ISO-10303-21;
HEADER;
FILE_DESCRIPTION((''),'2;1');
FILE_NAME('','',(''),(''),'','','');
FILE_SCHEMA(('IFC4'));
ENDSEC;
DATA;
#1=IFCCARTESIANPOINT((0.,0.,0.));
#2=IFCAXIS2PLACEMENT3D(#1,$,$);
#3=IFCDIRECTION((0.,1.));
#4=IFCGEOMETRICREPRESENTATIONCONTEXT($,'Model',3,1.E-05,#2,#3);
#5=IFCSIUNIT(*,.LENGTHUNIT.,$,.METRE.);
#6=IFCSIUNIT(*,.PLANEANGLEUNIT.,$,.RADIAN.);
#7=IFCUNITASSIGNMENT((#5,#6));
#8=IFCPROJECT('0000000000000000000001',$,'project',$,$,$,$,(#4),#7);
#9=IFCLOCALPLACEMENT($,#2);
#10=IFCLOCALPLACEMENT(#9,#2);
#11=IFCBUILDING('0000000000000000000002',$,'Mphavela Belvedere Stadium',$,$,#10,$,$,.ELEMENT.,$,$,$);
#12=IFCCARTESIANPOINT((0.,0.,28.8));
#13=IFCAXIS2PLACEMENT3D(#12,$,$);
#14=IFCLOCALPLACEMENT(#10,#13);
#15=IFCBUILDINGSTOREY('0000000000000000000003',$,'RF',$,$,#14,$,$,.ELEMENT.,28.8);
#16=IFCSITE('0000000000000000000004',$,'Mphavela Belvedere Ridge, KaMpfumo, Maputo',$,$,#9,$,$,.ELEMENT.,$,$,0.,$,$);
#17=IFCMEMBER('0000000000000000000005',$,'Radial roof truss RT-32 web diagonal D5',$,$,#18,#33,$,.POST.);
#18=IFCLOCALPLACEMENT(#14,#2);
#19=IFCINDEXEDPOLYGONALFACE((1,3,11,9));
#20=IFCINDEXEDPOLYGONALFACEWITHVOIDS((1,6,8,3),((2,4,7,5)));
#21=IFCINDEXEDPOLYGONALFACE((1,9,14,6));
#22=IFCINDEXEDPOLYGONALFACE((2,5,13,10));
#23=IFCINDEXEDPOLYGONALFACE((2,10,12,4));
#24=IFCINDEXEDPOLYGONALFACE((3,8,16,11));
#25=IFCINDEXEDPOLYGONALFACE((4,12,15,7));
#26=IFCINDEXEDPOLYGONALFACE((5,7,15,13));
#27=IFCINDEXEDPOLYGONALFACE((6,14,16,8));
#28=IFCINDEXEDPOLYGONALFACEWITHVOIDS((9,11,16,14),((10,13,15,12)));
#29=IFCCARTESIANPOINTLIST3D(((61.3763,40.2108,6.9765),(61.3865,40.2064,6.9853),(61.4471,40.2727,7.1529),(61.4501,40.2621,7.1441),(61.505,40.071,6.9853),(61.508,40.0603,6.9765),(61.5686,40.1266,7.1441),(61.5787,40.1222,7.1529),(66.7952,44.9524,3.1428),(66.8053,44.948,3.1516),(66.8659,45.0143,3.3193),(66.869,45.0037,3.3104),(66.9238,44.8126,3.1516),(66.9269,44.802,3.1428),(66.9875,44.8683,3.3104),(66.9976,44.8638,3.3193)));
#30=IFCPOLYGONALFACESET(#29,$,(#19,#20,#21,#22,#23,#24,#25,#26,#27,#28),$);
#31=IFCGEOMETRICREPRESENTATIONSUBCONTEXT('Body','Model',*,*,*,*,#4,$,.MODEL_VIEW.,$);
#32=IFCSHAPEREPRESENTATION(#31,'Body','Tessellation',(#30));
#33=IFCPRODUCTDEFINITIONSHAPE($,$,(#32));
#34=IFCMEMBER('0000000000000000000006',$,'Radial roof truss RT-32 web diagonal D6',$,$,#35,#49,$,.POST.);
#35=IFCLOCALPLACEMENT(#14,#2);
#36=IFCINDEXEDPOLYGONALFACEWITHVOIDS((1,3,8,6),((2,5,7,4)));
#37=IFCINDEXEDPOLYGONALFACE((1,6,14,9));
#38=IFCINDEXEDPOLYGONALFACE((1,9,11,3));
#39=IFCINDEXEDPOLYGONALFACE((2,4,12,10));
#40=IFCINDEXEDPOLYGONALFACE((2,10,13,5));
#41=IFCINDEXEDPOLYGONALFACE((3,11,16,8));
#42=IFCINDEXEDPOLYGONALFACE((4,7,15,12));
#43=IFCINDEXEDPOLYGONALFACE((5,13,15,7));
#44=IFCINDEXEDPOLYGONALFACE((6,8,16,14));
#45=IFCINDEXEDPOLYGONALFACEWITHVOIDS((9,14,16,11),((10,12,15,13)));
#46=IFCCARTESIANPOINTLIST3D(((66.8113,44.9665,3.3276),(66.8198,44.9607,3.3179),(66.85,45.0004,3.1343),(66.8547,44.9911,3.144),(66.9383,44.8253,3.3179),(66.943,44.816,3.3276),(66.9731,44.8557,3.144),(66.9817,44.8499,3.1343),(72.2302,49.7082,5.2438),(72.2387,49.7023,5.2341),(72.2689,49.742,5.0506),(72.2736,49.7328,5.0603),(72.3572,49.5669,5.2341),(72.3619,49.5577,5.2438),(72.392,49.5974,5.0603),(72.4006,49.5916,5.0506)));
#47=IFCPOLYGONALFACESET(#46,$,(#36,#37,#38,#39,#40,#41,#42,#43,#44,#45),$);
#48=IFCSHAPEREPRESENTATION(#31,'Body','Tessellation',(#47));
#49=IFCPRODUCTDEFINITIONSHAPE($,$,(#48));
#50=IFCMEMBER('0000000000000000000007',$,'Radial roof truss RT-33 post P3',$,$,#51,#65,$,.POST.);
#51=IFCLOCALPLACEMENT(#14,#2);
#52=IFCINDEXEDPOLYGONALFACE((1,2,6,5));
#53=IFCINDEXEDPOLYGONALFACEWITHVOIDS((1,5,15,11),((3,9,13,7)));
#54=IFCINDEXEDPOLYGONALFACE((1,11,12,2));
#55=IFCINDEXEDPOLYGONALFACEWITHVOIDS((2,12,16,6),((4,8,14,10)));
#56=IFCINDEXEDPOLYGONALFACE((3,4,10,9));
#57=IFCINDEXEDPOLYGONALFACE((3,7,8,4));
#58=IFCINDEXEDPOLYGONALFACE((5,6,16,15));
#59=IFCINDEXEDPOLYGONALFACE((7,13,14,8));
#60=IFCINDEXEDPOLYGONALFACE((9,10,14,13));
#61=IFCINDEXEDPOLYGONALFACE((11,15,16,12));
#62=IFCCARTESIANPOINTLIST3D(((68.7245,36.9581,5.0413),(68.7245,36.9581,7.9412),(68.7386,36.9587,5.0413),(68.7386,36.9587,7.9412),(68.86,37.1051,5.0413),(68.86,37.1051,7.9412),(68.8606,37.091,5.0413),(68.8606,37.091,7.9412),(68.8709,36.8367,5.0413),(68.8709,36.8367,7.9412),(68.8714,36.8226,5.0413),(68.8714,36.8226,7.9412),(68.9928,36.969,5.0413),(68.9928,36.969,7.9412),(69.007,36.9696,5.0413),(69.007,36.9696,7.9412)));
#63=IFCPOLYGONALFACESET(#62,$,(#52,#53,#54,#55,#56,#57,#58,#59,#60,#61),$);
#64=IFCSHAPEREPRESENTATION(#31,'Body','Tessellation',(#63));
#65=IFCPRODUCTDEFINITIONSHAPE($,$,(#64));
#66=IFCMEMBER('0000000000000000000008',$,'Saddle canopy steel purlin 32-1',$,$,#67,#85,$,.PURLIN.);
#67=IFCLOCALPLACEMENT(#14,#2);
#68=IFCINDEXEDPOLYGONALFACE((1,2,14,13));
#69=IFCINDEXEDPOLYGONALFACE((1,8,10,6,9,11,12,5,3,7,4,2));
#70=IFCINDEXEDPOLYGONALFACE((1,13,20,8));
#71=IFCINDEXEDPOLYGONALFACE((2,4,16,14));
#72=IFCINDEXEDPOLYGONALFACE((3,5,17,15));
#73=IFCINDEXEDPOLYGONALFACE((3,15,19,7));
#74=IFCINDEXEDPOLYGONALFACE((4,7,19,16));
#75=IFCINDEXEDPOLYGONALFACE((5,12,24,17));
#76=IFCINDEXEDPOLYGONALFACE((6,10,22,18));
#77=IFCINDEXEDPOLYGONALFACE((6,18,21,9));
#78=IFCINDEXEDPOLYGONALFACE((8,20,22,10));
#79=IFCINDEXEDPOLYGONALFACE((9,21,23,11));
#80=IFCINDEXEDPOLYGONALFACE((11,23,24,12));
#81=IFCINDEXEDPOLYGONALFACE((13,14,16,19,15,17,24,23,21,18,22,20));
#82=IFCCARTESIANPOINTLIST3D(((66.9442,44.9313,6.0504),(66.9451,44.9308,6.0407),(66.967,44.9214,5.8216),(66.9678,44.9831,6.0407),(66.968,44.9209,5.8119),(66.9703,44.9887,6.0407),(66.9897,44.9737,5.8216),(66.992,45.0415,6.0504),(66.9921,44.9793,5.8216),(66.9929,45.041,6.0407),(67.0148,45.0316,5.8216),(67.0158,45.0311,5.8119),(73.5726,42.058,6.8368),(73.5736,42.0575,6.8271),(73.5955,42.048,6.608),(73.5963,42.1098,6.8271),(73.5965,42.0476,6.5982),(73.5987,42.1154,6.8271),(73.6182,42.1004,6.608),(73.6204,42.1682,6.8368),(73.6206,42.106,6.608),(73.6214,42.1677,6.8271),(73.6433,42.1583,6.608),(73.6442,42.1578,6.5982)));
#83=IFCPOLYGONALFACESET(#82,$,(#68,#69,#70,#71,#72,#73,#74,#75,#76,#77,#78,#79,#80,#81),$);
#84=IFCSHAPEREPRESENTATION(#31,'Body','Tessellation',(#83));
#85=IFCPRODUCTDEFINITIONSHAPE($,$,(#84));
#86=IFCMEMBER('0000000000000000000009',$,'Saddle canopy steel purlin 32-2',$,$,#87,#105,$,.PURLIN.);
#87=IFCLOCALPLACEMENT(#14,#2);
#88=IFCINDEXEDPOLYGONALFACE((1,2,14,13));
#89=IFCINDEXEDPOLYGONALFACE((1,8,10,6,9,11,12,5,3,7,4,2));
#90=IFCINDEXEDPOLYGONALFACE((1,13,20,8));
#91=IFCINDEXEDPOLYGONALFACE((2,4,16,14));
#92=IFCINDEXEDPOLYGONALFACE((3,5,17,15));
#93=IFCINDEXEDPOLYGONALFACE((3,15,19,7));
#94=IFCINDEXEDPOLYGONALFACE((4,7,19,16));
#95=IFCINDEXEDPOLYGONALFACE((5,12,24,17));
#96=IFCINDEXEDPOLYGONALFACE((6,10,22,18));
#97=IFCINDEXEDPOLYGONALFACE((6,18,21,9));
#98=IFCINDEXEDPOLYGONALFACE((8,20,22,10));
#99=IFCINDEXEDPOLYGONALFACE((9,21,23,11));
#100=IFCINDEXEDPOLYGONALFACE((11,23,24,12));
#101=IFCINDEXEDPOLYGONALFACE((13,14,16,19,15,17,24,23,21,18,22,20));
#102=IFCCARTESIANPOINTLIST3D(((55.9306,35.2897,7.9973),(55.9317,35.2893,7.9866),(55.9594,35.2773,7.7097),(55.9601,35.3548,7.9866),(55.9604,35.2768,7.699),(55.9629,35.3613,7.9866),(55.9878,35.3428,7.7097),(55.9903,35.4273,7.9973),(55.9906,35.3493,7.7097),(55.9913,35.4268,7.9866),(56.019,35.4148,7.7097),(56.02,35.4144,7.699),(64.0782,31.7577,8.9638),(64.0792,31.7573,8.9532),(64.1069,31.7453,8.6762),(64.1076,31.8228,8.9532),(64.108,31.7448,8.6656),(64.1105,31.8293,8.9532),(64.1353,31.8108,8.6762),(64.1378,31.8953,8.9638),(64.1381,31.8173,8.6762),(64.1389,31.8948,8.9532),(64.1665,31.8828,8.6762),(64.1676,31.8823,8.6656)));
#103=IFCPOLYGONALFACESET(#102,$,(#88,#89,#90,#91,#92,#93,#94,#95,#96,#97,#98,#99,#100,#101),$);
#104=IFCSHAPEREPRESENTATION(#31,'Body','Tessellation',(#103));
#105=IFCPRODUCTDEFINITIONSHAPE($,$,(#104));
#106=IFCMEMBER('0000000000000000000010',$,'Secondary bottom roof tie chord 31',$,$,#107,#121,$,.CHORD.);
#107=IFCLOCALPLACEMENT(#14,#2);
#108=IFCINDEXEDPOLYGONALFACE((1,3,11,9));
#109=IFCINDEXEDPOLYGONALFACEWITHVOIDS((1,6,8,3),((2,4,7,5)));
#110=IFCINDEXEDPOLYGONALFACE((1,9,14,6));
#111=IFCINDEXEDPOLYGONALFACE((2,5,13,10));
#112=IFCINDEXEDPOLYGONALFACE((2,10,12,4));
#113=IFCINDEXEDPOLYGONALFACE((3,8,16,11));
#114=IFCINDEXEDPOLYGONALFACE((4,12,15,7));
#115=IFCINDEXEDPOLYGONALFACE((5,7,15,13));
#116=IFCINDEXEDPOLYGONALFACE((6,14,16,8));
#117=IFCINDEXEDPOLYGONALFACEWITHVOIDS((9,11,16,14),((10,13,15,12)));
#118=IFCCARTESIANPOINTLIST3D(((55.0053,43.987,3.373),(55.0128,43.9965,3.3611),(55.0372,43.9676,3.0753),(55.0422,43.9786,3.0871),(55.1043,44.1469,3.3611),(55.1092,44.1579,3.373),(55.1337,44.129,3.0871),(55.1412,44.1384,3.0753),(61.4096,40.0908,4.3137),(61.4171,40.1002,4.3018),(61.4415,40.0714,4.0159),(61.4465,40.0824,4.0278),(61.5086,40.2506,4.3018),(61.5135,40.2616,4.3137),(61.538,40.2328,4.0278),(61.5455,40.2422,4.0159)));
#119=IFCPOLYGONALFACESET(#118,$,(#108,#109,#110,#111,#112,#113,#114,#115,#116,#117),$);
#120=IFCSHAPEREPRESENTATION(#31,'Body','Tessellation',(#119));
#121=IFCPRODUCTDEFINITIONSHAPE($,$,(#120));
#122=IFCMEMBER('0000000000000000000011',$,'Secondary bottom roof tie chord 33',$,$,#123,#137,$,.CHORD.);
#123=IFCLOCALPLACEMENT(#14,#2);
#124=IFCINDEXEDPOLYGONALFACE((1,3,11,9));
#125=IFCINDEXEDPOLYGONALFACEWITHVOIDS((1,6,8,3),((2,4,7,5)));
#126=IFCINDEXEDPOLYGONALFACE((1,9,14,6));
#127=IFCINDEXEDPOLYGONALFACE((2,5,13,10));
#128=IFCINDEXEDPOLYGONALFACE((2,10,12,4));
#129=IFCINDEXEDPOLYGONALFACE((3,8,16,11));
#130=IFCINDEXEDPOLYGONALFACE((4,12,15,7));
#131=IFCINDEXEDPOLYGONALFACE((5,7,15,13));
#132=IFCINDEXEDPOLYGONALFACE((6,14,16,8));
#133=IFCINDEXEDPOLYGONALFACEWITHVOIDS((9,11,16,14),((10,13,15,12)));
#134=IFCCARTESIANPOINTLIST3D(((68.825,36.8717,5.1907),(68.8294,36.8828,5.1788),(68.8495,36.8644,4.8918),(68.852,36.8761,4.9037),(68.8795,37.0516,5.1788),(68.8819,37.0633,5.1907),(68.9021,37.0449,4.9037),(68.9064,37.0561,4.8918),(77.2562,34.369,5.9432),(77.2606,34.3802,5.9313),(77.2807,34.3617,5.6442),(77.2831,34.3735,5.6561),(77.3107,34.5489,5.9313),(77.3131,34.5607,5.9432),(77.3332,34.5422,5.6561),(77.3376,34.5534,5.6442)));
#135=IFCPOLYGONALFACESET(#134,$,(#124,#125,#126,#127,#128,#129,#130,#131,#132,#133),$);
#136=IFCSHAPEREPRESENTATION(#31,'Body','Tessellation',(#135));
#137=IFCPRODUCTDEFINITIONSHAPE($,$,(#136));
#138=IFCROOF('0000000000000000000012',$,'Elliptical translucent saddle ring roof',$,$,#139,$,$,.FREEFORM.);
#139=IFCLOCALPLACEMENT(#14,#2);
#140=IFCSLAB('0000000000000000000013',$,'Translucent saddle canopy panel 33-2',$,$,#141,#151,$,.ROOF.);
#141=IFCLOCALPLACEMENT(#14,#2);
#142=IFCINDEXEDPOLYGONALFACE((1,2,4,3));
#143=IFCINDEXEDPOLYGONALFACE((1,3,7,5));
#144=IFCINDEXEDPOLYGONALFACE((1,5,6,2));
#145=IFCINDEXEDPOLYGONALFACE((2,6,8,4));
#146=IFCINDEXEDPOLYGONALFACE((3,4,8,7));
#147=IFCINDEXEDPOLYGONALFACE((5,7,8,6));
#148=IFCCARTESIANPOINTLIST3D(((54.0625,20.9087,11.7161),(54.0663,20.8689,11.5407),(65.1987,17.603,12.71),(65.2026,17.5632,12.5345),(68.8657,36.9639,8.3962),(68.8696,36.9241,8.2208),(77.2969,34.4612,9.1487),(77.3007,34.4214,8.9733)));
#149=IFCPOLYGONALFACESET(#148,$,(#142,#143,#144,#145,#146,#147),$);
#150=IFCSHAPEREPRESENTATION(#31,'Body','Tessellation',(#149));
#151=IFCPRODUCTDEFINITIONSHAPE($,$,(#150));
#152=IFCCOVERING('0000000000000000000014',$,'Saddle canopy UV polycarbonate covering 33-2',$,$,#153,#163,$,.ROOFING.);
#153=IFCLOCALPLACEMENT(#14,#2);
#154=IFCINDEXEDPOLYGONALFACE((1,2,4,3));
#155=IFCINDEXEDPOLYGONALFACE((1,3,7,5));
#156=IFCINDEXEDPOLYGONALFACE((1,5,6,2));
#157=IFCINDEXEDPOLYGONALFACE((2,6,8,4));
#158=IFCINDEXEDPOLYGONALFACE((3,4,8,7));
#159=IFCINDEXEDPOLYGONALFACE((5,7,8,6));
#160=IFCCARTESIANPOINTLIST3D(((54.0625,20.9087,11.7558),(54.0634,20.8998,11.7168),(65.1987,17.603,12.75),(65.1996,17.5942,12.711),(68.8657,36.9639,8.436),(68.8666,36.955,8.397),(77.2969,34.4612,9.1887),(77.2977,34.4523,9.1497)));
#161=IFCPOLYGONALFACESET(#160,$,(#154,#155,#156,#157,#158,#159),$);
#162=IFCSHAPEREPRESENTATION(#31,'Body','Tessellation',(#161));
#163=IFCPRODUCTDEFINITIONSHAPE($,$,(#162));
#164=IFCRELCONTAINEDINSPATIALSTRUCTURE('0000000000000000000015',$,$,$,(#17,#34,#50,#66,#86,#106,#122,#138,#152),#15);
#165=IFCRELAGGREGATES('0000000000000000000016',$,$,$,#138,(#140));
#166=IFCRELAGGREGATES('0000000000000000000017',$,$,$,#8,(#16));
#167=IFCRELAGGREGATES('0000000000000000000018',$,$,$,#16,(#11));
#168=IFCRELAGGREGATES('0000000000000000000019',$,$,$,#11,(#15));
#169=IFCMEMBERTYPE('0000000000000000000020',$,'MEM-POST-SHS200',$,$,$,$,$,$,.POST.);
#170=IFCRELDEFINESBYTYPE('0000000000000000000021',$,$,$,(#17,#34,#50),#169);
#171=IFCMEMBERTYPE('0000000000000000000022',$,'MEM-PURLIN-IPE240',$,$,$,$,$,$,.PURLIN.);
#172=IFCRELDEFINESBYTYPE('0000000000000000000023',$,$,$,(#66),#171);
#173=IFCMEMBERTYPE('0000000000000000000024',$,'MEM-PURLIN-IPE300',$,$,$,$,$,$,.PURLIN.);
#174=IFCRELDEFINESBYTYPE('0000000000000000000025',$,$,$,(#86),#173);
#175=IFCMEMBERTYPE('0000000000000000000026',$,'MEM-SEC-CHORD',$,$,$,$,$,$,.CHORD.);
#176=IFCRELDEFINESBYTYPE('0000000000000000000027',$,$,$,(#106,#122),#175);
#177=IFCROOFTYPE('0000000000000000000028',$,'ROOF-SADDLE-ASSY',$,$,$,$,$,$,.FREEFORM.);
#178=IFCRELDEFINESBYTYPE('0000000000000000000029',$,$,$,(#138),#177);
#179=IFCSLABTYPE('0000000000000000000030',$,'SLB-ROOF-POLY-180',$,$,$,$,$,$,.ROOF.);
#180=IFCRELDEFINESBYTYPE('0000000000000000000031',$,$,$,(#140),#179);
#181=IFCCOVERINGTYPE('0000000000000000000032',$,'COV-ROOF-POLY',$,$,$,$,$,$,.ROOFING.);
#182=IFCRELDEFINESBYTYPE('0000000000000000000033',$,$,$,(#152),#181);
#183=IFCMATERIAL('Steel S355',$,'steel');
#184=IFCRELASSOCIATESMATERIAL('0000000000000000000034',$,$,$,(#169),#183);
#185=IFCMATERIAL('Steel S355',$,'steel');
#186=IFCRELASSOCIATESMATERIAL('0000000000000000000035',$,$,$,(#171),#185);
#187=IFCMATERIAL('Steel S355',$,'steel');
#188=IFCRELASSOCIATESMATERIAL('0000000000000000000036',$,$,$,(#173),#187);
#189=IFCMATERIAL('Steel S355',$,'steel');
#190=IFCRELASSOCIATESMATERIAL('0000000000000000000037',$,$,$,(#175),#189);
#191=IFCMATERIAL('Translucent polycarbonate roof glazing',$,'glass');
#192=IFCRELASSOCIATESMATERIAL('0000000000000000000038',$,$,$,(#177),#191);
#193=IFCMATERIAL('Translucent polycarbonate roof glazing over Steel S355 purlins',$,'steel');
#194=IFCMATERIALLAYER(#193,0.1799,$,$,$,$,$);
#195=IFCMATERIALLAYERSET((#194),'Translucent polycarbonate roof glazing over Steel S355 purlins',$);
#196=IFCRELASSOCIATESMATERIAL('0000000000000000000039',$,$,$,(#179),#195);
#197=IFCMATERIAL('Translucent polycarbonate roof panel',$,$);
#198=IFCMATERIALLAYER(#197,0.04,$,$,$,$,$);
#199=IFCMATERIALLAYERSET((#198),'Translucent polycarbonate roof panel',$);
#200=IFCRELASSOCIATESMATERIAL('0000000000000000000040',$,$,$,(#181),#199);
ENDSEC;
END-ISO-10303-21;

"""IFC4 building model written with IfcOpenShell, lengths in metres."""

from ifc_helpers import new_model, si_unit, direction, frame, origin, origin_2d, place, context, subcontext, project, spatial, polyline, hollow_rectangle, i_section, outline, extrude, material, layer, layer_set, material_profile, profile_set, type_object, element, aggregate, save


model = new_model("IFC4")

# Units and contexts
model_context = context("Model", 3, precision=1e-05, world=origin(), true_north=direction((0.0, 1.0)))
body_context = subcontext(model_context, "Body", "Model", "MODEL_VIEW")
ifc_project = project(units=[si_unit("LENGTHUNIT", "METRE"), si_unit("PLANEANGLEUNIT", "RADIAN")], contexts=[model_context])

# Site, building, storey
site_placement = place(None, origin())
site = spatial("IfcSite", under=ifc_project, at=site_placement, Name="Mphavela Belvedere Ridge, KaMpfumo, Maputo", CompositionType="ELEMENT", RefElevation=0.0)
building_placement = place(site_placement, origin())
building = spatial("IfcBuilding", under=site, at=building_placement, Name="Mphavela Belvedere Stadium", CompositionType="ELEMENT")
storey_placement = place(building_placement, frame((0.0, 0.0, 28.8)))
storey = spatial("IfcBuildingStorey", under=building, at=storey_placement, Name="RF", CompositionType="ELEMENT", Elevation=28.8)

# Members
ifc_material_1 = material(Name="Steel S355", Category="steel")
ifc_material_profile_1 = material_profile(ifc_material_1, hollow_rectangle(XDim=0.2, YDim=0.2, WallThickness=0.01, at=origin_2d()), Name="SHS 200x200x10")
ifc_profile_set_1 = profile_set([ifc_material_profile_1], Name="Steel S355")
member_type_1 = type_object("IfcMemberType", Name="MEM-POST-SHS200", PredefinedType="POST", material=ifc_profile_set_1)
member_1_placement = place(storey_placement, frame((61.4775, 40.1665, 7.0647), z_axis=(0.664283, 0.581262, -0.46996), x_axis=(-0.658514, 0.752568, 0.0)))
element("IfcMember", 1, at=member_1_placement, inside=storey, type_object=member_type_1, Name="Radial roof truss RT-32 web diagonal D5", PredefinedType="POST", context=body_context, shape_type="SweptSolid", body=[
    extrude(hollow_rectangle(XDim=0.2, YDim=0.2, WallThickness=0.01, at=origin_2d()), origin(), (0.0, 0.0, 1.0), 8.1575),
])
member_2_placement = place(storey_placement, frame((66.8965, 44.9082, 3.231), z_axis=(0.727256, 0.636365, 0.257174), x_axis=(-0.658514, 0.752568, 0.0)))
element("IfcMember", 2, at=member_2_placement, inside=storey, type_object=member_type_1, Name="Radial roof truss RT-32 web diagonal D6", PredefinedType="POST", context=body_context, shape_type="SweptSolid", body=[
    extrude(hollow_rectangle(XDim=0.2, YDim=0.2, WallThickness=0.01, at=origin_2d()), origin(), (0.0, 0.0, 1.0), 7.4512),
])
member_3_placement = place(storey_placement, frame((68.8657, 36.9639, 5.0413), z_axis=(0.0, 0.0, 1.0), x_axis=(-0.677903, -0.735151, 0.0)))
element("IfcMember", 3, at=member_3_placement, inside=storey, type_object=member_type_1, Name="Radial roof truss RT-33 post P3", PredefinedType="POST", context=body_context, shape_type="SweptSolid", body=[
    extrude(hollow_rectangle(XDim=0.2, YDim=0.2, WallThickness=0.01, at=origin_2d()), origin(), (0.0, 0.0, 1.0), 2.8999),
])
ifc_material_2 = material(Name="Steel S355", Category="steel")
ifc_material_profile_2 = material_profile(ifc_material_2, i_section(OverallWidth=0.1201, OverallDepth=0.24, WebThickness=0.0061, FlangeThickness=0.0098, at=origin_2d()), Name="IPE 240")
ifc_profile_set_2 = profile_set([ifc_material_profile_2], Name="Steel S355")
member_type_2 = type_object("IfcMemberType", Name="MEM-PURLIN-IPE240", PredefinedType="PURLIN", material=ifc_profile_set_2)
member_4_placement = place(storey_placement, frame((66.98, 44.9812, 5.9312), z_axis=(0.912119, -0.395386, 0.108211), x_axis=(0.397721, 0.917506, 0.0)))
element("IfcMember", 4, at=member_4_placement, inside=storey, type_object=member_type_2, Name="Saddle canopy steel purlin 32-1", PredefinedType="PURLIN", context=body_context, shape_type="SweptSolid", body=[
    extrude(i_section(OverallWidth=0.1201, OverallDepth=0.24, WebThickness=0.0061, FlangeThickness=0.0098, at=origin_2d()), origin(), (0.0, 0.0, 1.0), 7.2671),
])
ifc_material_3 = material(Name="Steel S355", Category="steel")
ifc_material_profile_3 = material_profile(ifc_material_3, i_section(OverallWidth=0.1499, OverallDepth=0.3, WebThickness=0.0071, FlangeThickness=0.0107, at=origin_2d()), Name="IPE 300")
ifc_profile_set_3 = profile_set([ifc_material_profile_3], Name="Steel S355")
member_type_3 = type_object("IfcMemberType", Name="MEM-PURLIN-IPE300", PredefinedType="PURLIN", material=ifc_profile_set_3)
member_5_placement = place(storey_placement, frame((55.9753, 35.3521, 7.8481), z_axis=(0.91211, -0.395406, 0.108206), x_axis=(0.397742, 0.917497, 0.0)))
element("IfcMember", 5, at=member_5_placement, inside=storey, type_object=member_type_3, Name="Saddle canopy steel purlin 32-2", PredefinedType="PURLIN", context=body_context, shape_type="SweptSolid", body=[
    extrude(i_section(OverallWidth=0.1499, OverallDepth=0.3, WebThickness=0.0071, FlangeThickness=0.0107, at=origin_2d()), origin(), (0.0, 0.0, 1.0), 8.9326),
])
ifc_material_4 = material(Name="Steel S355", Category="steel")
ifc_material_profile_4 = material_profile(ifc_material_4, hollow_rectangle(XDim=0.2, YDim=0.3, WallThickness=0.012, at=origin_2d()), Name="RHS 300x200x12")
ifc_profile_set_4 = profile_set([ifc_material_profile_4], Name="Steel S355")
member_type_4 = type_object("IfcMemberType", Name="MEM-SEC-CHORD", PredefinedType="CHORD", material=ifc_profile_set_4)
member_6_placement = place(storey_placement, frame((55.0732, 44.0627, 3.2241), z_axis=(0.847671, -0.515705, 0.124507), x_axis=(0.51975, 0.854319, 0.0)))
element("IfcMember", 6, at=member_6_placement, inside=storey, type_object=member_type_4, Name="Secondary bottom roof tie chord 31", PredefinedType="CHORD", context=body_context, shape_type="SweptSolid", body=[
    extrude(hollow_rectangle(XDim=0.2, YDim=0.3, WallThickness=0.012, at=origin_2d()), origin(), (0.0, 0.0, 1.0), 7.5552),
])
member_7_placement = place(storey_placement, frame((68.8657, 36.9639, 5.0413), z_axis=(0.955167, -0.28353, 0.085244), x_axis=(0.284566, 0.958657, 0.0)))
element("IfcMember", 7, at=member_7_placement, inside=storey, type_object=member_type_4, Name="Secondary bottom roof tie chord 33", PredefinedType="CHORD", context=body_context, shape_type="SweptSolid", body=[
    extrude(hollow_rectangle(XDim=0.2, YDim=0.3, WallThickness=0.012, at=origin_2d()), origin(), (0.0, 0.0, 1.0), 8.8269),
])

# Roof, slab
ifc_material_5 = material(Name="Translucent polycarbonate roof glazing", Category="glass")
roof_type = type_object("IfcRoofType", Name="ROOF-SADDLE-ASSY", PredefinedType="FREEFORM", material=ifc_material_5)
roof_placement = place(storey_placement, origin())
roof = element("IfcRoof", 8, at=roof_placement, inside=storey, type_object=roof_type, Name="Elliptical translucent saddle ring roof", PredefinedType="FREEFORM")
ifc_material_6 = material(Name="Translucent polycarbonate roof glazing over Steel S355 purlins", Category="steel")
ifc_layer_1 = layer(ifc_material_6, 0.1799)
ifc_layer_set_1 = layer_set([ifc_layer_1], Name="Translucent polycarbonate roof glazing over Steel S355 purlins")
slab_type = type_object("IfcSlabType", Name="SLB-ROOF-POLY-180", PredefinedType="ROOF", material=ifc_layer_set_1)
slab_1_placement = place(storey_placement, frame((68.8657, 36.9639, 8.3962), z_axis=(-0.021332, 0.221272, 0.974979), x_axis=(0.955167, -0.283529, 0.085246)))
slab_1 = element("IfcSlab", 9, at=slab_1_placement, type_object=slab_type, Name="Translucent saddle canopy panel 33-2", PredefinedType="ROOF", context=body_context, shape_type="SweptSolid", body=[
    extrude(outline(polyline([(0.0, 0.0), (8.8269, 0.0), (2.3545, -20.0338), (-9.3044, -20.0338), (0.0, 0.0)])), origin(), (0.0, 0.0, -1.0), 0.1799),
])
aggregate(roof, [slab_1])

# Covering
ifc_material_7 = material(Name="Translucent polycarbonate roof panel")
ifc_layer_2 = layer(ifc_material_7, 0.04)
ifc_layer_set_2 = layer_set([ifc_layer_2], Name="Translucent polycarbonate roof panel")
covering_type = type_object("IfcCoveringType", Name="COV-ROOF-POLY", PredefinedType="ROOFING", material=ifc_layer_set_2)
covering_1_placement = place(storey_placement, frame((68.8657, 36.9639, 8.436), z_axis=(-0.021352, 0.221287, 0.974975), x_axis=(0.955165, -0.28353, 0.08527)))
element("IfcCovering", 10, at=covering_1_placement, inside=storey, type_object=covering_type, Name="Saddle canopy UV polycarbonate covering 33-2", PredefinedType="ROOFING", context=body_context, shape_type="SweptSolid", body=[
    extrude(outline(polyline([(0.0, 0.0), (8.8269, 0.0), (2.3546, -20.0338), (-9.3043, -20.0338), (0.0, 0.0)])), origin(), (0.0, 0.0, -1.0), 0.04),
])

save(model, "model.ifc")
